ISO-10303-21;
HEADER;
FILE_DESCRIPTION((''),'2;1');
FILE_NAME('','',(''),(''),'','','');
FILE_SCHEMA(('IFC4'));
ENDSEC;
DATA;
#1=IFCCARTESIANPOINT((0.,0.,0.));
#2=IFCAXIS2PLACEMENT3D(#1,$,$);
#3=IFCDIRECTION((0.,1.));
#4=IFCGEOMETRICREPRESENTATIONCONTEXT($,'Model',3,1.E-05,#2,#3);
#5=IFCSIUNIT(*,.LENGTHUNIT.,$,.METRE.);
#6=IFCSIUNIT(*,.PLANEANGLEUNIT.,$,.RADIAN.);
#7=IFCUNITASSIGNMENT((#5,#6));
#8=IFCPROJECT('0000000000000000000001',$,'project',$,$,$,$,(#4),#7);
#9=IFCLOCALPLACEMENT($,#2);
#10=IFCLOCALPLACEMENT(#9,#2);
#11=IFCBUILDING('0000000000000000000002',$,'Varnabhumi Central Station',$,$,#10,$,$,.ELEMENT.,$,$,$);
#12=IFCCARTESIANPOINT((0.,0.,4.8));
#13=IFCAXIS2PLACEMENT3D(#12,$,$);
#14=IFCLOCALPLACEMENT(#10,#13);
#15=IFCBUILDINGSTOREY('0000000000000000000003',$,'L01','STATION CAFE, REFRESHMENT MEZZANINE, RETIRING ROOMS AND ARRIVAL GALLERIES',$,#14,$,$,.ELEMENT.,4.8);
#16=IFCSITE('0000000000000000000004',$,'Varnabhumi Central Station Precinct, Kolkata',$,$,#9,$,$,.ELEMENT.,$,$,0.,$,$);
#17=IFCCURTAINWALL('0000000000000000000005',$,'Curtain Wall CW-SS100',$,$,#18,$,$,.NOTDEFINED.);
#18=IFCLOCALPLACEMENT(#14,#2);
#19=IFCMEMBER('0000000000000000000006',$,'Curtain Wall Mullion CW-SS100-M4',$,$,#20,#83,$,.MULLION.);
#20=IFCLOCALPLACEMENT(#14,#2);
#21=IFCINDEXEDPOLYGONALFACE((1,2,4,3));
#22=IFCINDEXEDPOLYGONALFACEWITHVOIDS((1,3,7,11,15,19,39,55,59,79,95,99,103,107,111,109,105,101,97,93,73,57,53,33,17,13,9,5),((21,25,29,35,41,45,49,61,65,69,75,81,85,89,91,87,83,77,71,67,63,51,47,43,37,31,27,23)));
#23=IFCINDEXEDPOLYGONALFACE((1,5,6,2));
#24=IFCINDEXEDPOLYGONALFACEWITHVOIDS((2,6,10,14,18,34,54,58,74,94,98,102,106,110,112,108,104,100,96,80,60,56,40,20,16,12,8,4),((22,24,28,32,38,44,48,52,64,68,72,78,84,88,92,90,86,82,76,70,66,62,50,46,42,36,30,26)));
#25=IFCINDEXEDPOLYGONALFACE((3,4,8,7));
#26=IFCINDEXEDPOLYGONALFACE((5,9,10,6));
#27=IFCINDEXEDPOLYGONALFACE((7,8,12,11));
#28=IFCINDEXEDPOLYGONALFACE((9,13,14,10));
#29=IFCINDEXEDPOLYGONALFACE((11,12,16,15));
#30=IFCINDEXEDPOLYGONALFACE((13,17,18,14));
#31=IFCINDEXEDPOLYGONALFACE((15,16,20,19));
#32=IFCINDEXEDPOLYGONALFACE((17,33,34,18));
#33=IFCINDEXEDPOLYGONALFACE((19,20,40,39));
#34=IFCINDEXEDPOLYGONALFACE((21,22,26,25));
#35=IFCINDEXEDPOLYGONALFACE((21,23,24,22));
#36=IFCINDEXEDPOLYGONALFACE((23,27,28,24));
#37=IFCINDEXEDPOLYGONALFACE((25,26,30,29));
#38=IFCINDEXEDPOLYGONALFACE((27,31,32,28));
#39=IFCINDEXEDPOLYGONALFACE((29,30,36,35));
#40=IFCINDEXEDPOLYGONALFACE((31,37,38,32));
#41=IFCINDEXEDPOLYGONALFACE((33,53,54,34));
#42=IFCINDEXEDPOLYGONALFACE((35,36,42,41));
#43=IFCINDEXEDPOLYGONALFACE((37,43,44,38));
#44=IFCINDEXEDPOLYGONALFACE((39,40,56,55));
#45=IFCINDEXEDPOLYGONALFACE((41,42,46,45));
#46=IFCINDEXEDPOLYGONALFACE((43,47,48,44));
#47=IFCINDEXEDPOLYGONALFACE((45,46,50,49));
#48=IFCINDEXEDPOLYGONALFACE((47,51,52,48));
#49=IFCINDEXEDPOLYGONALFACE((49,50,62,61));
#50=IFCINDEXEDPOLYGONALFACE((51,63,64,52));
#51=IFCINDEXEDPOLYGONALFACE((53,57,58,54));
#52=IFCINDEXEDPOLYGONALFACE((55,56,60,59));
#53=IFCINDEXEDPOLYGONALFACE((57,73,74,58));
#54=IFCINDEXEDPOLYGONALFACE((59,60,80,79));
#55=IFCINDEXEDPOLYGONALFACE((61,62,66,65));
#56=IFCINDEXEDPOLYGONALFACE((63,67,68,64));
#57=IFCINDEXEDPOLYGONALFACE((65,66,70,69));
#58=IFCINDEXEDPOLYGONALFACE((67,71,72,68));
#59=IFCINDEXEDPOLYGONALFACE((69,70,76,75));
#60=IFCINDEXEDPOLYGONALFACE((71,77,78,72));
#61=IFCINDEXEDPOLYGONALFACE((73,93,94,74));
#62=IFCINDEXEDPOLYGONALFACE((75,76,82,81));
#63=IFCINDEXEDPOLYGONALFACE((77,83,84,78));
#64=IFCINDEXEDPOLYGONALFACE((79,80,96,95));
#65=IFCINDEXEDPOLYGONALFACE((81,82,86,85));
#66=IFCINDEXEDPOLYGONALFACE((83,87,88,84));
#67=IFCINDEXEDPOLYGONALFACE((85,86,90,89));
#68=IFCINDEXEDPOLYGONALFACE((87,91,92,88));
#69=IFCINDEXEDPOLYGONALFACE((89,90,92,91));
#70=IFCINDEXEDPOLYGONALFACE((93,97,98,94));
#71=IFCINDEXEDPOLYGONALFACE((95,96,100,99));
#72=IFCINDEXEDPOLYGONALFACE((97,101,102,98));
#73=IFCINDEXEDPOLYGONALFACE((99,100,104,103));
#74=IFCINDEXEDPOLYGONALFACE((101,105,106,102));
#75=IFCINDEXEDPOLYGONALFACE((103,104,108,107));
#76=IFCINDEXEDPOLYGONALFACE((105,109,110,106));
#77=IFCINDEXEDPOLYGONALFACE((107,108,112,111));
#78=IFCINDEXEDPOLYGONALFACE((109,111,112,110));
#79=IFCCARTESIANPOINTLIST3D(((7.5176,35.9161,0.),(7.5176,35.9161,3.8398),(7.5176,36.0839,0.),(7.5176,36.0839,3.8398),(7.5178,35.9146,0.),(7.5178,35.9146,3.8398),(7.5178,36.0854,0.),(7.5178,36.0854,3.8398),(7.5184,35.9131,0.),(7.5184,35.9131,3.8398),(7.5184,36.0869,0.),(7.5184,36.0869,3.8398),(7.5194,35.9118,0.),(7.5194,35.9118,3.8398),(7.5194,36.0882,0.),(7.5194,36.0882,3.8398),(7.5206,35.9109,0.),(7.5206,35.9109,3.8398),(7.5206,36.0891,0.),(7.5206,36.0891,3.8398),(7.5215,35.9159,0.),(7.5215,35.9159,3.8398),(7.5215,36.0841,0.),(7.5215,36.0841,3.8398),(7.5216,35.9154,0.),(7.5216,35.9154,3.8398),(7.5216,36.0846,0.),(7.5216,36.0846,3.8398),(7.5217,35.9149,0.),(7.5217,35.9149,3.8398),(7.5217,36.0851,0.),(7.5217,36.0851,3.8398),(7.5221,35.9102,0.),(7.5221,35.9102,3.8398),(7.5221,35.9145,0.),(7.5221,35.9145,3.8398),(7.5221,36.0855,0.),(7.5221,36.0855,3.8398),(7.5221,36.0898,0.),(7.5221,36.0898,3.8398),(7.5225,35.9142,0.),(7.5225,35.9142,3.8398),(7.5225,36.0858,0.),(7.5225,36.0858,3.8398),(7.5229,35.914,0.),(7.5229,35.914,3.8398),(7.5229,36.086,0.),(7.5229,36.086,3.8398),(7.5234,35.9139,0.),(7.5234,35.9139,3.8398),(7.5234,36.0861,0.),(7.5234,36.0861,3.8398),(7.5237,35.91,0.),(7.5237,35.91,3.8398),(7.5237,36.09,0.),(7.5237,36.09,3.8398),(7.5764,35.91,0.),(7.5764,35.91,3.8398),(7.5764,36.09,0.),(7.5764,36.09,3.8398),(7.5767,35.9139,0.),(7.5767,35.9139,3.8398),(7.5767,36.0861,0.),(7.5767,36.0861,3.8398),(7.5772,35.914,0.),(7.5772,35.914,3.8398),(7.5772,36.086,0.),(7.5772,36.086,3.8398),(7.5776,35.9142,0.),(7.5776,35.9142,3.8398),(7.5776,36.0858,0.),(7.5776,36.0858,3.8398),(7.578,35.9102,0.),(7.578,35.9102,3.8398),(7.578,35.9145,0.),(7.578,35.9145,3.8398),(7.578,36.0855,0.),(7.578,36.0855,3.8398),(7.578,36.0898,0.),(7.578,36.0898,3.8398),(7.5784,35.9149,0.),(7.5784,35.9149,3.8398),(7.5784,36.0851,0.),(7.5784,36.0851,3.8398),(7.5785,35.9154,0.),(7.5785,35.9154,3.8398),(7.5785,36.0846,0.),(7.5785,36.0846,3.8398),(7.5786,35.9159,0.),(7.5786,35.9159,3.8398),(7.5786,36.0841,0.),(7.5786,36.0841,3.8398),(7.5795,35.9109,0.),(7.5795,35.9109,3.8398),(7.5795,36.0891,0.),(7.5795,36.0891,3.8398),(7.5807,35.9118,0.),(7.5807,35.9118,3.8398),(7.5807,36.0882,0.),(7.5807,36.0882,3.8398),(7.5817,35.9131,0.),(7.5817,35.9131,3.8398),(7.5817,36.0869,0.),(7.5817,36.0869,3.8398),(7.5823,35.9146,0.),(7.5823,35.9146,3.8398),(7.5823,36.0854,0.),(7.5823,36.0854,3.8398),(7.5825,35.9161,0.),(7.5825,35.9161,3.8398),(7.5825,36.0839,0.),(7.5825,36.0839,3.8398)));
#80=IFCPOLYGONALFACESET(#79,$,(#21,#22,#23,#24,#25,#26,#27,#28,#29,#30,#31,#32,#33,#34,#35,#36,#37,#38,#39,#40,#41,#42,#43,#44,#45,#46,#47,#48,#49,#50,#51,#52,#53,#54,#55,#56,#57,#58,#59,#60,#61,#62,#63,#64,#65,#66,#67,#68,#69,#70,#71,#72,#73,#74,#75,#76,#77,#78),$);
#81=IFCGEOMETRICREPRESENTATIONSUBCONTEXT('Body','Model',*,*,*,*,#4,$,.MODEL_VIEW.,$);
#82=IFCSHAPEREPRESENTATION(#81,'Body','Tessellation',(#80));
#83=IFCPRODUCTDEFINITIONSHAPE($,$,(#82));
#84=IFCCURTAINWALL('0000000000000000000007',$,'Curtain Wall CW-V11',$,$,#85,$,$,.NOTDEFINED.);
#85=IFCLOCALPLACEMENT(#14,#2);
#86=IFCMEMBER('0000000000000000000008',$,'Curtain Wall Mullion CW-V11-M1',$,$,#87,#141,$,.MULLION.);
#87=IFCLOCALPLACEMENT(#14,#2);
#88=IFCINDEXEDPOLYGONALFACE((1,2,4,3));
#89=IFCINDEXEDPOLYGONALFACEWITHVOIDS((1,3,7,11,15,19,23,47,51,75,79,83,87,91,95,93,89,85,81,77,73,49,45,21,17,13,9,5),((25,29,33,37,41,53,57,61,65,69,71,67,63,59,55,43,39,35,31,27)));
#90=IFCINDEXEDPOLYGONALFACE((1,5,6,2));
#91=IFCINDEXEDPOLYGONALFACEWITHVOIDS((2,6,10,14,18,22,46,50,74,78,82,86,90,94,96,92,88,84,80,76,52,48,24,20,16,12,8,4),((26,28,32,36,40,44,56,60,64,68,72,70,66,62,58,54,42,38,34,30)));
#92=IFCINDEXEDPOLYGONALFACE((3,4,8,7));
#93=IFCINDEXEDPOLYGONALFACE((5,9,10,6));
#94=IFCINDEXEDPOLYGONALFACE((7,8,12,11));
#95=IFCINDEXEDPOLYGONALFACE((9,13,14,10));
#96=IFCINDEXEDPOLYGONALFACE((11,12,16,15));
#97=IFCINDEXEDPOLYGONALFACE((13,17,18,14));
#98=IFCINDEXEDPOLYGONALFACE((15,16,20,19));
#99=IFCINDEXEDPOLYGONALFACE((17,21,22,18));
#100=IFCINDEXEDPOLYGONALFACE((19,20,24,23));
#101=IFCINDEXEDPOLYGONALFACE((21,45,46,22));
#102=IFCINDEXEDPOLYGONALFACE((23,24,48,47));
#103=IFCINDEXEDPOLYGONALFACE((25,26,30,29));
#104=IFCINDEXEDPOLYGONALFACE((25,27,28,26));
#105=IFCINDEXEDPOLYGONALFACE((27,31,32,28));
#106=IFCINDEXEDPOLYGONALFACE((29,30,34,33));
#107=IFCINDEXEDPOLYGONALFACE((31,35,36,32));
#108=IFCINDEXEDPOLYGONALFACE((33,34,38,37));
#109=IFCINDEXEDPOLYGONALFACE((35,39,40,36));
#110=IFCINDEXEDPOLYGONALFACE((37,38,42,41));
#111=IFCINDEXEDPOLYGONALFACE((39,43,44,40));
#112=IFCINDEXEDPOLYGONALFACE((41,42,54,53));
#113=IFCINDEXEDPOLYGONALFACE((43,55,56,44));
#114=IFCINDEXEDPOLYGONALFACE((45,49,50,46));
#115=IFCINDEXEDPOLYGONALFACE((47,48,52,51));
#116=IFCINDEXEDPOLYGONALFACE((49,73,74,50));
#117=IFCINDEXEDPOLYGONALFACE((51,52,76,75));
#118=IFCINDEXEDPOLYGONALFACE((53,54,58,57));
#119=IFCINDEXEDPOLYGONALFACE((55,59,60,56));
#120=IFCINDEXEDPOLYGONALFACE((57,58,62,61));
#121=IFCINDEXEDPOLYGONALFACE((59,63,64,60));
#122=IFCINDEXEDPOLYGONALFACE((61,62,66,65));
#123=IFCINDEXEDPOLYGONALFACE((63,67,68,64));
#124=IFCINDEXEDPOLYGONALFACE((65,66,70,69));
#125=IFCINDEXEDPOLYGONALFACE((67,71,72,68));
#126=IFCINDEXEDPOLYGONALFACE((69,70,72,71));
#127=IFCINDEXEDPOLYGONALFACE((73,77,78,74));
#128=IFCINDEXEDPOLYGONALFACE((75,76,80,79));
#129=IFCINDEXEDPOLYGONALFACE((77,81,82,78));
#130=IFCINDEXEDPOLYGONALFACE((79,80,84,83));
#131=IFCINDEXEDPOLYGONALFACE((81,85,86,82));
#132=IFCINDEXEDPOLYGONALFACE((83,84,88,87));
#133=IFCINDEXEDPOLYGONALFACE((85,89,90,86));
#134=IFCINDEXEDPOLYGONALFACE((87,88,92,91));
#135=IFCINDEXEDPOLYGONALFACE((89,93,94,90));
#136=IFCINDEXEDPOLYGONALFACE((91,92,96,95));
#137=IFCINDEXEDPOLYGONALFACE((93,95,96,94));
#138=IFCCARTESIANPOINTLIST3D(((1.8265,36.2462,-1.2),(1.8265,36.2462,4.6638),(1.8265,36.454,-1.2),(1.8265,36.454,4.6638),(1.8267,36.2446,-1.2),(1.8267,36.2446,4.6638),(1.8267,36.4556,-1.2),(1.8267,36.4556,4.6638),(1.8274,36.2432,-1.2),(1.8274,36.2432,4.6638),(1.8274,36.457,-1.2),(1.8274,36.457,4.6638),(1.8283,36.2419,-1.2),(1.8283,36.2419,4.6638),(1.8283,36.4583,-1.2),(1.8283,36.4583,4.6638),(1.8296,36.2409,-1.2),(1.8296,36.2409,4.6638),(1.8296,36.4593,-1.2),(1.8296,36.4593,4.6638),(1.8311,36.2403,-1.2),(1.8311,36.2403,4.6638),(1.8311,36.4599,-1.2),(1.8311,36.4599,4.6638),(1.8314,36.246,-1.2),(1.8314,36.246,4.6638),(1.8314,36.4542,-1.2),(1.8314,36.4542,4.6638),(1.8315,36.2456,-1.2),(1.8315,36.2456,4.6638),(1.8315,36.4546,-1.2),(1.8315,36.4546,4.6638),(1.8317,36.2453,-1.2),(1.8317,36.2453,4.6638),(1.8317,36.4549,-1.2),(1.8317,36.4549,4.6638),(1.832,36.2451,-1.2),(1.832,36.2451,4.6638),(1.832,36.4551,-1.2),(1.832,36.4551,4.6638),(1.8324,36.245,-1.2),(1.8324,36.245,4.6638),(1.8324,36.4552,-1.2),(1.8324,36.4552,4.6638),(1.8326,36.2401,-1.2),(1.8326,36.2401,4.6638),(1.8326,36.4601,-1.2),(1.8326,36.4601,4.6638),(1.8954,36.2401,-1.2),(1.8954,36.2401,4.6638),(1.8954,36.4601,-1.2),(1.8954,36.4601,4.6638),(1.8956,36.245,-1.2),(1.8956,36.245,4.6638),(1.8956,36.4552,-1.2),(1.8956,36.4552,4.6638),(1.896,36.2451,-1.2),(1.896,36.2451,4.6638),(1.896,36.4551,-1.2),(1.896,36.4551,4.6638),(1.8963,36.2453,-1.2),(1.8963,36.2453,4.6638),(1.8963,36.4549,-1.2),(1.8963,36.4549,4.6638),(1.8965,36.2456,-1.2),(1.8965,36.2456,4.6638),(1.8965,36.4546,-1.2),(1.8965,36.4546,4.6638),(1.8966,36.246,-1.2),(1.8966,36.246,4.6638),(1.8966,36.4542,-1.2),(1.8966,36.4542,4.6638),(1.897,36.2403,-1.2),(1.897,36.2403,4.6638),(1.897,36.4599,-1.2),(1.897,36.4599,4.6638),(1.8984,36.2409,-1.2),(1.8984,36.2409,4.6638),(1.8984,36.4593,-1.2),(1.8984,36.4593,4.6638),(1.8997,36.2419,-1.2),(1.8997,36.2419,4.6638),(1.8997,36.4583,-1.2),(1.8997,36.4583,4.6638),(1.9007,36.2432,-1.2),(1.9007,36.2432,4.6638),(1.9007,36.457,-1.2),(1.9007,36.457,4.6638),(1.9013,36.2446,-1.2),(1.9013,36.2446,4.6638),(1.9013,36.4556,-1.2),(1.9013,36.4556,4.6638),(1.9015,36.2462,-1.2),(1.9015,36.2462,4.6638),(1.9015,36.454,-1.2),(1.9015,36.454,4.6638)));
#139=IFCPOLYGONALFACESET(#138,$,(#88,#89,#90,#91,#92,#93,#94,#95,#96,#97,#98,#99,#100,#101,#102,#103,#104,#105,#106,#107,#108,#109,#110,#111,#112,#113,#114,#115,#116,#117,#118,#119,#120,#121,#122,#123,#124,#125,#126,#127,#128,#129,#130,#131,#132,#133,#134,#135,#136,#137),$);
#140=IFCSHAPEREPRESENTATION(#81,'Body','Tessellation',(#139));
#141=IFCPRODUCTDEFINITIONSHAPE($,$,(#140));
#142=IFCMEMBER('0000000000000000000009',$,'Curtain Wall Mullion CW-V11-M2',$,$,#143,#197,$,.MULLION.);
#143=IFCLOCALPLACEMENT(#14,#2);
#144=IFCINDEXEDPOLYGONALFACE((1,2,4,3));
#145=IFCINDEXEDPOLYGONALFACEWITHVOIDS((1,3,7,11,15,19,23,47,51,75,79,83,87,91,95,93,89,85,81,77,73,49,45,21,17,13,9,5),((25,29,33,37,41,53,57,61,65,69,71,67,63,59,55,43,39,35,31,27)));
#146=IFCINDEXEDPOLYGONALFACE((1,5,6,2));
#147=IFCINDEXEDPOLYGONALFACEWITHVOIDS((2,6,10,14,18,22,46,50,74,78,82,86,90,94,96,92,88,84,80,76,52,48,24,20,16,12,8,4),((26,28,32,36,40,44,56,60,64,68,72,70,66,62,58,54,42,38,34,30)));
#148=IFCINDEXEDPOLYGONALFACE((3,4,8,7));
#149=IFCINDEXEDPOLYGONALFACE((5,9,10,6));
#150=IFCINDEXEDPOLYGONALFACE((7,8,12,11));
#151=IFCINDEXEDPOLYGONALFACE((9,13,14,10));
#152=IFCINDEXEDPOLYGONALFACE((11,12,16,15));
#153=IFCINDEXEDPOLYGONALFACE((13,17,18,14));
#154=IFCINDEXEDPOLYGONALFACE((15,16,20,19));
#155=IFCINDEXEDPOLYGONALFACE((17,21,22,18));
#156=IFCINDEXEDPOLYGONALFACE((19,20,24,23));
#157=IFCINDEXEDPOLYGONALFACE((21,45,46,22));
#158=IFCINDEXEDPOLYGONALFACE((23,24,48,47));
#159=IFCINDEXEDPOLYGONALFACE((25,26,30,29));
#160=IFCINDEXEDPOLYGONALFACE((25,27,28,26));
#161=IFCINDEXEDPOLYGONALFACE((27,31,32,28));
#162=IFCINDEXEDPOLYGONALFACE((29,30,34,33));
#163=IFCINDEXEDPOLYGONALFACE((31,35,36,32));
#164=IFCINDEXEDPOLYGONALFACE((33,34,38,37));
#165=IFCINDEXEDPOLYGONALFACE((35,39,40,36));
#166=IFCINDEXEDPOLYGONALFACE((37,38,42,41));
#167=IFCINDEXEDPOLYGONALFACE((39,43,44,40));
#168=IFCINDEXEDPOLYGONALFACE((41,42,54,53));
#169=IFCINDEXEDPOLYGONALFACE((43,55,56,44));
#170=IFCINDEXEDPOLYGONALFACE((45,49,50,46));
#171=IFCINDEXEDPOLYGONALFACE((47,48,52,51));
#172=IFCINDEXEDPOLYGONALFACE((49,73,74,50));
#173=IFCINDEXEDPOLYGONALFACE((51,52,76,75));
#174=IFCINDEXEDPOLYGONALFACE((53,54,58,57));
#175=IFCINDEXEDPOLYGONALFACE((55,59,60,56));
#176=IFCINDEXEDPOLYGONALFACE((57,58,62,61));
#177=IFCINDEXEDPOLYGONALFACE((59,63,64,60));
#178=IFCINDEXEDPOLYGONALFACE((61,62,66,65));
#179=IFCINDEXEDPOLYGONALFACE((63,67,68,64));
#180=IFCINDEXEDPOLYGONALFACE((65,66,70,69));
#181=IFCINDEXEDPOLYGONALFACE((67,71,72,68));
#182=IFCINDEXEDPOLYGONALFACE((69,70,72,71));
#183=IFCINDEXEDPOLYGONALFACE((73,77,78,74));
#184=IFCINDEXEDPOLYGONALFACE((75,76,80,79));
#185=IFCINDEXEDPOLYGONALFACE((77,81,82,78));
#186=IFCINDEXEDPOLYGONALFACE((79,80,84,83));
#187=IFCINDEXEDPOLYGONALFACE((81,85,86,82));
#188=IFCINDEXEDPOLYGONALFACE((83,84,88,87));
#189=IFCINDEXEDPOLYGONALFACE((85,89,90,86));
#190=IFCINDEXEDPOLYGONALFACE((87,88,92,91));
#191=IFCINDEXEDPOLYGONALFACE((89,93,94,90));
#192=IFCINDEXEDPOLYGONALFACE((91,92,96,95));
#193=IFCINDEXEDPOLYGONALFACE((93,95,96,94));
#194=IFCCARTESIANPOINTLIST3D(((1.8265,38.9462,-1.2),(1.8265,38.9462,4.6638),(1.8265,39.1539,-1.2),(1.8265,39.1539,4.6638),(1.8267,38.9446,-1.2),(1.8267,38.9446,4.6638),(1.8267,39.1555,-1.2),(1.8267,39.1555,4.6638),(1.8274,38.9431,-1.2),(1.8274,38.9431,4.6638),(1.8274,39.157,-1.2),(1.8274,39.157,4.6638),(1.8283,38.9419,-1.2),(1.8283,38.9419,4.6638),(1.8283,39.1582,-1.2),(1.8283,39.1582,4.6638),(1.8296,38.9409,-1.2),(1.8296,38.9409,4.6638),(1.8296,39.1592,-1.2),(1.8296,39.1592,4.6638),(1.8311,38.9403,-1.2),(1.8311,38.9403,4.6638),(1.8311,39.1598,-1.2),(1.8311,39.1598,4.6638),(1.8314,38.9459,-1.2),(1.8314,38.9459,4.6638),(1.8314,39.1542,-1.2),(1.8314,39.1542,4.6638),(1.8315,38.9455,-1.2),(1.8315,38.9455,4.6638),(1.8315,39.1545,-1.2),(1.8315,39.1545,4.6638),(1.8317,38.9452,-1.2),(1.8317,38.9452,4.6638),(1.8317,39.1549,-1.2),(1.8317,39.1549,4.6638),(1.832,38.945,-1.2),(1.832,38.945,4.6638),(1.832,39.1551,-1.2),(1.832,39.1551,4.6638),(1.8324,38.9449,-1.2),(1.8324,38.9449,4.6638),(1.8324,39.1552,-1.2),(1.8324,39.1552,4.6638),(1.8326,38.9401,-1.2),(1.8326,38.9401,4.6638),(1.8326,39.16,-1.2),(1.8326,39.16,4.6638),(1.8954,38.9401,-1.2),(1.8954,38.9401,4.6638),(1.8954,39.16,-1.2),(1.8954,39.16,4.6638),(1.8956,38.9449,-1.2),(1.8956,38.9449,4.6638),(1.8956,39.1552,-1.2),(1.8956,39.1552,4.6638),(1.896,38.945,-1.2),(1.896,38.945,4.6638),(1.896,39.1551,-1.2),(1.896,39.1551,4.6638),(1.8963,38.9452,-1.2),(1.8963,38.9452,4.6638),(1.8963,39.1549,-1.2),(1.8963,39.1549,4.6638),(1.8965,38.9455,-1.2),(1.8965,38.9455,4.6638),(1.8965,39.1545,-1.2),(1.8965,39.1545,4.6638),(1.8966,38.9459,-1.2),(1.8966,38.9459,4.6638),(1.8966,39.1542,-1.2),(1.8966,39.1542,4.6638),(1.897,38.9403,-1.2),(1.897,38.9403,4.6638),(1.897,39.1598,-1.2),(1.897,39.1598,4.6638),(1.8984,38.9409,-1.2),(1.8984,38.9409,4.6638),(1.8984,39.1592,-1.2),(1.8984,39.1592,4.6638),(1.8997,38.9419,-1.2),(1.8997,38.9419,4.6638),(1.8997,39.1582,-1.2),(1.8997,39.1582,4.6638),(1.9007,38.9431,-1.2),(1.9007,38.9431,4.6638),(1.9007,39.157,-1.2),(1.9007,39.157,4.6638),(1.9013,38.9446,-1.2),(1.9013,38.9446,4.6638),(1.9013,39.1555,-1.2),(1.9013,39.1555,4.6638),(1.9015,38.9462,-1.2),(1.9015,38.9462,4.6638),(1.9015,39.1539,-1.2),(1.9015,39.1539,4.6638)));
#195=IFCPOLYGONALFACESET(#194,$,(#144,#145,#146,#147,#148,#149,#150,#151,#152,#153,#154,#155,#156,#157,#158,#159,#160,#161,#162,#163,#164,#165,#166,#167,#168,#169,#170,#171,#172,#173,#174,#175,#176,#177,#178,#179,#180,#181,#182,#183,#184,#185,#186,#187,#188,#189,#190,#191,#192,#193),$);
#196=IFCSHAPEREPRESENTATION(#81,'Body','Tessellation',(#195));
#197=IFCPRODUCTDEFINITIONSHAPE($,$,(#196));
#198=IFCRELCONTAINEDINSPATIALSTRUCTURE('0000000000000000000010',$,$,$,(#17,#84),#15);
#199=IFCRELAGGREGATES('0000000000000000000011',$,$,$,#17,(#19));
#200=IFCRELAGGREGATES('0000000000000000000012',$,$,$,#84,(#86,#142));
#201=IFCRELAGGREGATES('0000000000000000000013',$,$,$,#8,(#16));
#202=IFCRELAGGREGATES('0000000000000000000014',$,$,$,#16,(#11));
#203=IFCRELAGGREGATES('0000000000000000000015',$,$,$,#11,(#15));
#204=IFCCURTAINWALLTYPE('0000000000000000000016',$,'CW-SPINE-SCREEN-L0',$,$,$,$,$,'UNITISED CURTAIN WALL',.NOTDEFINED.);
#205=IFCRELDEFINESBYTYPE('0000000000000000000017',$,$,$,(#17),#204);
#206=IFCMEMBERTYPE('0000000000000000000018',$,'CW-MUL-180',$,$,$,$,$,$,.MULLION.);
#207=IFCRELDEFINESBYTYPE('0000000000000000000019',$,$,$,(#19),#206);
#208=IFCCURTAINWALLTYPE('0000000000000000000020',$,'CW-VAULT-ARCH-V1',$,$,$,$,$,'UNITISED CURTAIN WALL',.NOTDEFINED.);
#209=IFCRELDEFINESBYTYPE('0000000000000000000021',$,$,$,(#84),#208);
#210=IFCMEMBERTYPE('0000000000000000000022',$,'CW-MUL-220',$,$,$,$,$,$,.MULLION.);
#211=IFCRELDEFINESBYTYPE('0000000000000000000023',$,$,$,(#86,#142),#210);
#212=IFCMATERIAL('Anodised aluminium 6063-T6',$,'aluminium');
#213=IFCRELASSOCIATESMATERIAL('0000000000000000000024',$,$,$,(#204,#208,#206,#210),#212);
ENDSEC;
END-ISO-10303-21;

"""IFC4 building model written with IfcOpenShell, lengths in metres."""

from ifc_helpers import new_model, si_unit, direction, frame, origin, origin_2d, place, context, subcontext, project, spatial, hollow_rectangle, extrude, material, material_profile, profile_set, type_object, element, aggregate, save


model = new_model("IFC4")

# Units and contexts
model_context = context("Model", 3, precision=1e-05, world=origin(), true_north=direction((0.0, 1.0)))
body_context = subcontext(model_context, "Body", "Model", "MODEL_VIEW")
ifc_project = project(units=[si_unit("LENGTHUNIT", "METRE"), si_unit("PLANEANGLEUNIT", "RADIAN")], contexts=[model_context])

# Site, building, storey
site_placement = place(None, origin())
site = spatial("IfcSite", under=ifc_project, at=site_placement, Name="Varnabhumi Central Station Precinct, Kolkata", CompositionType="ELEMENT", RefElevation=0.0)
building_placement = place(site_placement, origin())
building = spatial("IfcBuilding", under=site, at=building_placement, Name="Varnabhumi Central Station", CompositionType="ELEMENT")
storey_placement = place(building_placement, frame((0.0, 0.0, 4.8)))
storey = spatial("IfcBuildingStorey", under=building, at=storey_placement, Name="L01", Description="STATION CAFE, REFRESHMENT MEZZANINE, RETIRING ROOMS AND ARRIVAL GALLERIES", CompositionType="ELEMENT", Elevation=4.8)

# Curtain wall, member
ifc_material_1 = material(Name="Anodised aluminium 6063-T6", Category="aluminium")
curtain_wall_type_1 = type_object("IfcCurtainWallType", Name="CW-SPINE-SCREEN-L0", ElementType="UNITISED CURTAIN WALL", PredefinedType="NOTDEFINED", material=ifc_material_1)
curtain_wall_1_placement = place(storey_placement, origin())
curtain_wall_1 = element("IfcCurtainWall", 1, at=curtain_wall_1_placement, inside=storey, type_object=curtain_wall_type_1, Name="Curtain Wall CW-SS100", PredefinedType="NOTDEFINED")
ifc_material_profile_1 = material_profile(ifc_material_1, hollow_rectangle(XDim=0.0649, YDim=0.1799, WallThickness=0.0039, InnerFilletRadius=0.002, OuterFilletRadius=0.0061, at=origin_2d()), Name="Anodised aluminium 6063-T6", Category="aluminium")
ifc_profile_set_1 = profile_set([ifc_material_profile_1], Name="Anodised aluminium 6063-T6")
member_type_1 = type_object("IfcMemberType", Name="CW-MUL-180", PredefinedType="MULLION", material=ifc_profile_set_1)
member_1_placement = place(storey_placement, frame((7.55, 36.0, 0.0), z_axis=(0.0, 0.0, 1.0), x_axis=(1.0, 0.0, 0.0)))
member_1 = element("IfcMember", 2, at=member_1_placement, type_object=member_type_1, Name="Curtain Wall Mullion CW-SS100-M4", PredefinedType="MULLION", context=body_context, shape_type="SweptSolid", body=[
    extrude(hollow_rectangle(XDim=0.0649, YDim=0.1799, WallThickness=0.0039, InnerFilletRadius=0.002, OuterFilletRadius=0.0061, at=origin_2d()), origin(), (0.0, 0.0, 1.0), 3.8398),
])

# Curtain wall, members
curtain_wall_type_2 = type_object("IfcCurtainWallType", Name="CW-VAULT-ARCH-V1", ElementType="UNITISED CURTAIN WALL", PredefinedType="NOTDEFINED", material=ifc_material_1)
curtain_wall_2_placement = place(storey_placement, origin())
curtain_wall_2 = element("IfcCurtainWall", 3, at=curtain_wall_2_placement, inside=storey, type_object=curtain_wall_type_2, Name="Curtain Wall CW-V11", PredefinedType="NOTDEFINED")
ifc_material_profile_2 = material_profile(ifc_material_1, hollow_rectangle(XDim=0.075, YDim=0.22, WallThickness=0.0049, InnerFilletRadius=0.001, OuterFilletRadius=0.0061, at=origin_2d()), Name="Anodised aluminium 6063-T6", Category="aluminium")
ifc_profile_set_2 = profile_set([ifc_material_profile_2], Name="Anodised aluminium 6063-T6")
member_type_2 = type_object("IfcMemberType", Name="CW-MUL-220", PredefinedType="MULLION", material=ifc_profile_set_2)
member_2_placement = place(storey_placement, frame((1.864, 36.3501, -1.2), z_axis=(0.0, 0.0, 1.0), x_axis=(1.0, 0.0, 0.0)))
member_2 = element("IfcMember", 4, at=member_2_placement, type_object=member_type_2, Name="Curtain Wall Mullion CW-V11-M1", PredefinedType="MULLION", context=body_context, shape_type="SweptSolid", body=[
    extrude(hollow_rectangle(XDim=0.075, YDim=0.22, WallThickness=0.0049, InnerFilletRadius=0.001, OuterFilletRadius=0.0061, at=origin_2d()), origin(), (0.0, 0.0, 1.0), 5.8638),
])
member_3_placement = place(storey_placement, frame((1.864, 39.05, -1.2), z_axis=(0.0, 0.0, 1.0), x_axis=(1.0, 0.0, 0.0)))
member_3 = element("IfcMember", 5, at=member_3_placement, type_object=member_type_2, Name="Curtain Wall Mullion CW-V11-M2", PredefinedType="MULLION", context=body_context, shape_type="SweptSolid", body=[
    extrude(hollow_rectangle(XDim=0.075, YDim=0.22, WallThickness=0.0049, InnerFilletRadius=0.001, OuterFilletRadius=0.0061, at=origin_2d()), origin(), (0.0, 0.0, 1.0), 5.8638),
])

aggregate(curtain_wall_1, [member_1])
aggregate(curtain_wall_2, [member_2, member_3])

save(model, "model.ifc")
